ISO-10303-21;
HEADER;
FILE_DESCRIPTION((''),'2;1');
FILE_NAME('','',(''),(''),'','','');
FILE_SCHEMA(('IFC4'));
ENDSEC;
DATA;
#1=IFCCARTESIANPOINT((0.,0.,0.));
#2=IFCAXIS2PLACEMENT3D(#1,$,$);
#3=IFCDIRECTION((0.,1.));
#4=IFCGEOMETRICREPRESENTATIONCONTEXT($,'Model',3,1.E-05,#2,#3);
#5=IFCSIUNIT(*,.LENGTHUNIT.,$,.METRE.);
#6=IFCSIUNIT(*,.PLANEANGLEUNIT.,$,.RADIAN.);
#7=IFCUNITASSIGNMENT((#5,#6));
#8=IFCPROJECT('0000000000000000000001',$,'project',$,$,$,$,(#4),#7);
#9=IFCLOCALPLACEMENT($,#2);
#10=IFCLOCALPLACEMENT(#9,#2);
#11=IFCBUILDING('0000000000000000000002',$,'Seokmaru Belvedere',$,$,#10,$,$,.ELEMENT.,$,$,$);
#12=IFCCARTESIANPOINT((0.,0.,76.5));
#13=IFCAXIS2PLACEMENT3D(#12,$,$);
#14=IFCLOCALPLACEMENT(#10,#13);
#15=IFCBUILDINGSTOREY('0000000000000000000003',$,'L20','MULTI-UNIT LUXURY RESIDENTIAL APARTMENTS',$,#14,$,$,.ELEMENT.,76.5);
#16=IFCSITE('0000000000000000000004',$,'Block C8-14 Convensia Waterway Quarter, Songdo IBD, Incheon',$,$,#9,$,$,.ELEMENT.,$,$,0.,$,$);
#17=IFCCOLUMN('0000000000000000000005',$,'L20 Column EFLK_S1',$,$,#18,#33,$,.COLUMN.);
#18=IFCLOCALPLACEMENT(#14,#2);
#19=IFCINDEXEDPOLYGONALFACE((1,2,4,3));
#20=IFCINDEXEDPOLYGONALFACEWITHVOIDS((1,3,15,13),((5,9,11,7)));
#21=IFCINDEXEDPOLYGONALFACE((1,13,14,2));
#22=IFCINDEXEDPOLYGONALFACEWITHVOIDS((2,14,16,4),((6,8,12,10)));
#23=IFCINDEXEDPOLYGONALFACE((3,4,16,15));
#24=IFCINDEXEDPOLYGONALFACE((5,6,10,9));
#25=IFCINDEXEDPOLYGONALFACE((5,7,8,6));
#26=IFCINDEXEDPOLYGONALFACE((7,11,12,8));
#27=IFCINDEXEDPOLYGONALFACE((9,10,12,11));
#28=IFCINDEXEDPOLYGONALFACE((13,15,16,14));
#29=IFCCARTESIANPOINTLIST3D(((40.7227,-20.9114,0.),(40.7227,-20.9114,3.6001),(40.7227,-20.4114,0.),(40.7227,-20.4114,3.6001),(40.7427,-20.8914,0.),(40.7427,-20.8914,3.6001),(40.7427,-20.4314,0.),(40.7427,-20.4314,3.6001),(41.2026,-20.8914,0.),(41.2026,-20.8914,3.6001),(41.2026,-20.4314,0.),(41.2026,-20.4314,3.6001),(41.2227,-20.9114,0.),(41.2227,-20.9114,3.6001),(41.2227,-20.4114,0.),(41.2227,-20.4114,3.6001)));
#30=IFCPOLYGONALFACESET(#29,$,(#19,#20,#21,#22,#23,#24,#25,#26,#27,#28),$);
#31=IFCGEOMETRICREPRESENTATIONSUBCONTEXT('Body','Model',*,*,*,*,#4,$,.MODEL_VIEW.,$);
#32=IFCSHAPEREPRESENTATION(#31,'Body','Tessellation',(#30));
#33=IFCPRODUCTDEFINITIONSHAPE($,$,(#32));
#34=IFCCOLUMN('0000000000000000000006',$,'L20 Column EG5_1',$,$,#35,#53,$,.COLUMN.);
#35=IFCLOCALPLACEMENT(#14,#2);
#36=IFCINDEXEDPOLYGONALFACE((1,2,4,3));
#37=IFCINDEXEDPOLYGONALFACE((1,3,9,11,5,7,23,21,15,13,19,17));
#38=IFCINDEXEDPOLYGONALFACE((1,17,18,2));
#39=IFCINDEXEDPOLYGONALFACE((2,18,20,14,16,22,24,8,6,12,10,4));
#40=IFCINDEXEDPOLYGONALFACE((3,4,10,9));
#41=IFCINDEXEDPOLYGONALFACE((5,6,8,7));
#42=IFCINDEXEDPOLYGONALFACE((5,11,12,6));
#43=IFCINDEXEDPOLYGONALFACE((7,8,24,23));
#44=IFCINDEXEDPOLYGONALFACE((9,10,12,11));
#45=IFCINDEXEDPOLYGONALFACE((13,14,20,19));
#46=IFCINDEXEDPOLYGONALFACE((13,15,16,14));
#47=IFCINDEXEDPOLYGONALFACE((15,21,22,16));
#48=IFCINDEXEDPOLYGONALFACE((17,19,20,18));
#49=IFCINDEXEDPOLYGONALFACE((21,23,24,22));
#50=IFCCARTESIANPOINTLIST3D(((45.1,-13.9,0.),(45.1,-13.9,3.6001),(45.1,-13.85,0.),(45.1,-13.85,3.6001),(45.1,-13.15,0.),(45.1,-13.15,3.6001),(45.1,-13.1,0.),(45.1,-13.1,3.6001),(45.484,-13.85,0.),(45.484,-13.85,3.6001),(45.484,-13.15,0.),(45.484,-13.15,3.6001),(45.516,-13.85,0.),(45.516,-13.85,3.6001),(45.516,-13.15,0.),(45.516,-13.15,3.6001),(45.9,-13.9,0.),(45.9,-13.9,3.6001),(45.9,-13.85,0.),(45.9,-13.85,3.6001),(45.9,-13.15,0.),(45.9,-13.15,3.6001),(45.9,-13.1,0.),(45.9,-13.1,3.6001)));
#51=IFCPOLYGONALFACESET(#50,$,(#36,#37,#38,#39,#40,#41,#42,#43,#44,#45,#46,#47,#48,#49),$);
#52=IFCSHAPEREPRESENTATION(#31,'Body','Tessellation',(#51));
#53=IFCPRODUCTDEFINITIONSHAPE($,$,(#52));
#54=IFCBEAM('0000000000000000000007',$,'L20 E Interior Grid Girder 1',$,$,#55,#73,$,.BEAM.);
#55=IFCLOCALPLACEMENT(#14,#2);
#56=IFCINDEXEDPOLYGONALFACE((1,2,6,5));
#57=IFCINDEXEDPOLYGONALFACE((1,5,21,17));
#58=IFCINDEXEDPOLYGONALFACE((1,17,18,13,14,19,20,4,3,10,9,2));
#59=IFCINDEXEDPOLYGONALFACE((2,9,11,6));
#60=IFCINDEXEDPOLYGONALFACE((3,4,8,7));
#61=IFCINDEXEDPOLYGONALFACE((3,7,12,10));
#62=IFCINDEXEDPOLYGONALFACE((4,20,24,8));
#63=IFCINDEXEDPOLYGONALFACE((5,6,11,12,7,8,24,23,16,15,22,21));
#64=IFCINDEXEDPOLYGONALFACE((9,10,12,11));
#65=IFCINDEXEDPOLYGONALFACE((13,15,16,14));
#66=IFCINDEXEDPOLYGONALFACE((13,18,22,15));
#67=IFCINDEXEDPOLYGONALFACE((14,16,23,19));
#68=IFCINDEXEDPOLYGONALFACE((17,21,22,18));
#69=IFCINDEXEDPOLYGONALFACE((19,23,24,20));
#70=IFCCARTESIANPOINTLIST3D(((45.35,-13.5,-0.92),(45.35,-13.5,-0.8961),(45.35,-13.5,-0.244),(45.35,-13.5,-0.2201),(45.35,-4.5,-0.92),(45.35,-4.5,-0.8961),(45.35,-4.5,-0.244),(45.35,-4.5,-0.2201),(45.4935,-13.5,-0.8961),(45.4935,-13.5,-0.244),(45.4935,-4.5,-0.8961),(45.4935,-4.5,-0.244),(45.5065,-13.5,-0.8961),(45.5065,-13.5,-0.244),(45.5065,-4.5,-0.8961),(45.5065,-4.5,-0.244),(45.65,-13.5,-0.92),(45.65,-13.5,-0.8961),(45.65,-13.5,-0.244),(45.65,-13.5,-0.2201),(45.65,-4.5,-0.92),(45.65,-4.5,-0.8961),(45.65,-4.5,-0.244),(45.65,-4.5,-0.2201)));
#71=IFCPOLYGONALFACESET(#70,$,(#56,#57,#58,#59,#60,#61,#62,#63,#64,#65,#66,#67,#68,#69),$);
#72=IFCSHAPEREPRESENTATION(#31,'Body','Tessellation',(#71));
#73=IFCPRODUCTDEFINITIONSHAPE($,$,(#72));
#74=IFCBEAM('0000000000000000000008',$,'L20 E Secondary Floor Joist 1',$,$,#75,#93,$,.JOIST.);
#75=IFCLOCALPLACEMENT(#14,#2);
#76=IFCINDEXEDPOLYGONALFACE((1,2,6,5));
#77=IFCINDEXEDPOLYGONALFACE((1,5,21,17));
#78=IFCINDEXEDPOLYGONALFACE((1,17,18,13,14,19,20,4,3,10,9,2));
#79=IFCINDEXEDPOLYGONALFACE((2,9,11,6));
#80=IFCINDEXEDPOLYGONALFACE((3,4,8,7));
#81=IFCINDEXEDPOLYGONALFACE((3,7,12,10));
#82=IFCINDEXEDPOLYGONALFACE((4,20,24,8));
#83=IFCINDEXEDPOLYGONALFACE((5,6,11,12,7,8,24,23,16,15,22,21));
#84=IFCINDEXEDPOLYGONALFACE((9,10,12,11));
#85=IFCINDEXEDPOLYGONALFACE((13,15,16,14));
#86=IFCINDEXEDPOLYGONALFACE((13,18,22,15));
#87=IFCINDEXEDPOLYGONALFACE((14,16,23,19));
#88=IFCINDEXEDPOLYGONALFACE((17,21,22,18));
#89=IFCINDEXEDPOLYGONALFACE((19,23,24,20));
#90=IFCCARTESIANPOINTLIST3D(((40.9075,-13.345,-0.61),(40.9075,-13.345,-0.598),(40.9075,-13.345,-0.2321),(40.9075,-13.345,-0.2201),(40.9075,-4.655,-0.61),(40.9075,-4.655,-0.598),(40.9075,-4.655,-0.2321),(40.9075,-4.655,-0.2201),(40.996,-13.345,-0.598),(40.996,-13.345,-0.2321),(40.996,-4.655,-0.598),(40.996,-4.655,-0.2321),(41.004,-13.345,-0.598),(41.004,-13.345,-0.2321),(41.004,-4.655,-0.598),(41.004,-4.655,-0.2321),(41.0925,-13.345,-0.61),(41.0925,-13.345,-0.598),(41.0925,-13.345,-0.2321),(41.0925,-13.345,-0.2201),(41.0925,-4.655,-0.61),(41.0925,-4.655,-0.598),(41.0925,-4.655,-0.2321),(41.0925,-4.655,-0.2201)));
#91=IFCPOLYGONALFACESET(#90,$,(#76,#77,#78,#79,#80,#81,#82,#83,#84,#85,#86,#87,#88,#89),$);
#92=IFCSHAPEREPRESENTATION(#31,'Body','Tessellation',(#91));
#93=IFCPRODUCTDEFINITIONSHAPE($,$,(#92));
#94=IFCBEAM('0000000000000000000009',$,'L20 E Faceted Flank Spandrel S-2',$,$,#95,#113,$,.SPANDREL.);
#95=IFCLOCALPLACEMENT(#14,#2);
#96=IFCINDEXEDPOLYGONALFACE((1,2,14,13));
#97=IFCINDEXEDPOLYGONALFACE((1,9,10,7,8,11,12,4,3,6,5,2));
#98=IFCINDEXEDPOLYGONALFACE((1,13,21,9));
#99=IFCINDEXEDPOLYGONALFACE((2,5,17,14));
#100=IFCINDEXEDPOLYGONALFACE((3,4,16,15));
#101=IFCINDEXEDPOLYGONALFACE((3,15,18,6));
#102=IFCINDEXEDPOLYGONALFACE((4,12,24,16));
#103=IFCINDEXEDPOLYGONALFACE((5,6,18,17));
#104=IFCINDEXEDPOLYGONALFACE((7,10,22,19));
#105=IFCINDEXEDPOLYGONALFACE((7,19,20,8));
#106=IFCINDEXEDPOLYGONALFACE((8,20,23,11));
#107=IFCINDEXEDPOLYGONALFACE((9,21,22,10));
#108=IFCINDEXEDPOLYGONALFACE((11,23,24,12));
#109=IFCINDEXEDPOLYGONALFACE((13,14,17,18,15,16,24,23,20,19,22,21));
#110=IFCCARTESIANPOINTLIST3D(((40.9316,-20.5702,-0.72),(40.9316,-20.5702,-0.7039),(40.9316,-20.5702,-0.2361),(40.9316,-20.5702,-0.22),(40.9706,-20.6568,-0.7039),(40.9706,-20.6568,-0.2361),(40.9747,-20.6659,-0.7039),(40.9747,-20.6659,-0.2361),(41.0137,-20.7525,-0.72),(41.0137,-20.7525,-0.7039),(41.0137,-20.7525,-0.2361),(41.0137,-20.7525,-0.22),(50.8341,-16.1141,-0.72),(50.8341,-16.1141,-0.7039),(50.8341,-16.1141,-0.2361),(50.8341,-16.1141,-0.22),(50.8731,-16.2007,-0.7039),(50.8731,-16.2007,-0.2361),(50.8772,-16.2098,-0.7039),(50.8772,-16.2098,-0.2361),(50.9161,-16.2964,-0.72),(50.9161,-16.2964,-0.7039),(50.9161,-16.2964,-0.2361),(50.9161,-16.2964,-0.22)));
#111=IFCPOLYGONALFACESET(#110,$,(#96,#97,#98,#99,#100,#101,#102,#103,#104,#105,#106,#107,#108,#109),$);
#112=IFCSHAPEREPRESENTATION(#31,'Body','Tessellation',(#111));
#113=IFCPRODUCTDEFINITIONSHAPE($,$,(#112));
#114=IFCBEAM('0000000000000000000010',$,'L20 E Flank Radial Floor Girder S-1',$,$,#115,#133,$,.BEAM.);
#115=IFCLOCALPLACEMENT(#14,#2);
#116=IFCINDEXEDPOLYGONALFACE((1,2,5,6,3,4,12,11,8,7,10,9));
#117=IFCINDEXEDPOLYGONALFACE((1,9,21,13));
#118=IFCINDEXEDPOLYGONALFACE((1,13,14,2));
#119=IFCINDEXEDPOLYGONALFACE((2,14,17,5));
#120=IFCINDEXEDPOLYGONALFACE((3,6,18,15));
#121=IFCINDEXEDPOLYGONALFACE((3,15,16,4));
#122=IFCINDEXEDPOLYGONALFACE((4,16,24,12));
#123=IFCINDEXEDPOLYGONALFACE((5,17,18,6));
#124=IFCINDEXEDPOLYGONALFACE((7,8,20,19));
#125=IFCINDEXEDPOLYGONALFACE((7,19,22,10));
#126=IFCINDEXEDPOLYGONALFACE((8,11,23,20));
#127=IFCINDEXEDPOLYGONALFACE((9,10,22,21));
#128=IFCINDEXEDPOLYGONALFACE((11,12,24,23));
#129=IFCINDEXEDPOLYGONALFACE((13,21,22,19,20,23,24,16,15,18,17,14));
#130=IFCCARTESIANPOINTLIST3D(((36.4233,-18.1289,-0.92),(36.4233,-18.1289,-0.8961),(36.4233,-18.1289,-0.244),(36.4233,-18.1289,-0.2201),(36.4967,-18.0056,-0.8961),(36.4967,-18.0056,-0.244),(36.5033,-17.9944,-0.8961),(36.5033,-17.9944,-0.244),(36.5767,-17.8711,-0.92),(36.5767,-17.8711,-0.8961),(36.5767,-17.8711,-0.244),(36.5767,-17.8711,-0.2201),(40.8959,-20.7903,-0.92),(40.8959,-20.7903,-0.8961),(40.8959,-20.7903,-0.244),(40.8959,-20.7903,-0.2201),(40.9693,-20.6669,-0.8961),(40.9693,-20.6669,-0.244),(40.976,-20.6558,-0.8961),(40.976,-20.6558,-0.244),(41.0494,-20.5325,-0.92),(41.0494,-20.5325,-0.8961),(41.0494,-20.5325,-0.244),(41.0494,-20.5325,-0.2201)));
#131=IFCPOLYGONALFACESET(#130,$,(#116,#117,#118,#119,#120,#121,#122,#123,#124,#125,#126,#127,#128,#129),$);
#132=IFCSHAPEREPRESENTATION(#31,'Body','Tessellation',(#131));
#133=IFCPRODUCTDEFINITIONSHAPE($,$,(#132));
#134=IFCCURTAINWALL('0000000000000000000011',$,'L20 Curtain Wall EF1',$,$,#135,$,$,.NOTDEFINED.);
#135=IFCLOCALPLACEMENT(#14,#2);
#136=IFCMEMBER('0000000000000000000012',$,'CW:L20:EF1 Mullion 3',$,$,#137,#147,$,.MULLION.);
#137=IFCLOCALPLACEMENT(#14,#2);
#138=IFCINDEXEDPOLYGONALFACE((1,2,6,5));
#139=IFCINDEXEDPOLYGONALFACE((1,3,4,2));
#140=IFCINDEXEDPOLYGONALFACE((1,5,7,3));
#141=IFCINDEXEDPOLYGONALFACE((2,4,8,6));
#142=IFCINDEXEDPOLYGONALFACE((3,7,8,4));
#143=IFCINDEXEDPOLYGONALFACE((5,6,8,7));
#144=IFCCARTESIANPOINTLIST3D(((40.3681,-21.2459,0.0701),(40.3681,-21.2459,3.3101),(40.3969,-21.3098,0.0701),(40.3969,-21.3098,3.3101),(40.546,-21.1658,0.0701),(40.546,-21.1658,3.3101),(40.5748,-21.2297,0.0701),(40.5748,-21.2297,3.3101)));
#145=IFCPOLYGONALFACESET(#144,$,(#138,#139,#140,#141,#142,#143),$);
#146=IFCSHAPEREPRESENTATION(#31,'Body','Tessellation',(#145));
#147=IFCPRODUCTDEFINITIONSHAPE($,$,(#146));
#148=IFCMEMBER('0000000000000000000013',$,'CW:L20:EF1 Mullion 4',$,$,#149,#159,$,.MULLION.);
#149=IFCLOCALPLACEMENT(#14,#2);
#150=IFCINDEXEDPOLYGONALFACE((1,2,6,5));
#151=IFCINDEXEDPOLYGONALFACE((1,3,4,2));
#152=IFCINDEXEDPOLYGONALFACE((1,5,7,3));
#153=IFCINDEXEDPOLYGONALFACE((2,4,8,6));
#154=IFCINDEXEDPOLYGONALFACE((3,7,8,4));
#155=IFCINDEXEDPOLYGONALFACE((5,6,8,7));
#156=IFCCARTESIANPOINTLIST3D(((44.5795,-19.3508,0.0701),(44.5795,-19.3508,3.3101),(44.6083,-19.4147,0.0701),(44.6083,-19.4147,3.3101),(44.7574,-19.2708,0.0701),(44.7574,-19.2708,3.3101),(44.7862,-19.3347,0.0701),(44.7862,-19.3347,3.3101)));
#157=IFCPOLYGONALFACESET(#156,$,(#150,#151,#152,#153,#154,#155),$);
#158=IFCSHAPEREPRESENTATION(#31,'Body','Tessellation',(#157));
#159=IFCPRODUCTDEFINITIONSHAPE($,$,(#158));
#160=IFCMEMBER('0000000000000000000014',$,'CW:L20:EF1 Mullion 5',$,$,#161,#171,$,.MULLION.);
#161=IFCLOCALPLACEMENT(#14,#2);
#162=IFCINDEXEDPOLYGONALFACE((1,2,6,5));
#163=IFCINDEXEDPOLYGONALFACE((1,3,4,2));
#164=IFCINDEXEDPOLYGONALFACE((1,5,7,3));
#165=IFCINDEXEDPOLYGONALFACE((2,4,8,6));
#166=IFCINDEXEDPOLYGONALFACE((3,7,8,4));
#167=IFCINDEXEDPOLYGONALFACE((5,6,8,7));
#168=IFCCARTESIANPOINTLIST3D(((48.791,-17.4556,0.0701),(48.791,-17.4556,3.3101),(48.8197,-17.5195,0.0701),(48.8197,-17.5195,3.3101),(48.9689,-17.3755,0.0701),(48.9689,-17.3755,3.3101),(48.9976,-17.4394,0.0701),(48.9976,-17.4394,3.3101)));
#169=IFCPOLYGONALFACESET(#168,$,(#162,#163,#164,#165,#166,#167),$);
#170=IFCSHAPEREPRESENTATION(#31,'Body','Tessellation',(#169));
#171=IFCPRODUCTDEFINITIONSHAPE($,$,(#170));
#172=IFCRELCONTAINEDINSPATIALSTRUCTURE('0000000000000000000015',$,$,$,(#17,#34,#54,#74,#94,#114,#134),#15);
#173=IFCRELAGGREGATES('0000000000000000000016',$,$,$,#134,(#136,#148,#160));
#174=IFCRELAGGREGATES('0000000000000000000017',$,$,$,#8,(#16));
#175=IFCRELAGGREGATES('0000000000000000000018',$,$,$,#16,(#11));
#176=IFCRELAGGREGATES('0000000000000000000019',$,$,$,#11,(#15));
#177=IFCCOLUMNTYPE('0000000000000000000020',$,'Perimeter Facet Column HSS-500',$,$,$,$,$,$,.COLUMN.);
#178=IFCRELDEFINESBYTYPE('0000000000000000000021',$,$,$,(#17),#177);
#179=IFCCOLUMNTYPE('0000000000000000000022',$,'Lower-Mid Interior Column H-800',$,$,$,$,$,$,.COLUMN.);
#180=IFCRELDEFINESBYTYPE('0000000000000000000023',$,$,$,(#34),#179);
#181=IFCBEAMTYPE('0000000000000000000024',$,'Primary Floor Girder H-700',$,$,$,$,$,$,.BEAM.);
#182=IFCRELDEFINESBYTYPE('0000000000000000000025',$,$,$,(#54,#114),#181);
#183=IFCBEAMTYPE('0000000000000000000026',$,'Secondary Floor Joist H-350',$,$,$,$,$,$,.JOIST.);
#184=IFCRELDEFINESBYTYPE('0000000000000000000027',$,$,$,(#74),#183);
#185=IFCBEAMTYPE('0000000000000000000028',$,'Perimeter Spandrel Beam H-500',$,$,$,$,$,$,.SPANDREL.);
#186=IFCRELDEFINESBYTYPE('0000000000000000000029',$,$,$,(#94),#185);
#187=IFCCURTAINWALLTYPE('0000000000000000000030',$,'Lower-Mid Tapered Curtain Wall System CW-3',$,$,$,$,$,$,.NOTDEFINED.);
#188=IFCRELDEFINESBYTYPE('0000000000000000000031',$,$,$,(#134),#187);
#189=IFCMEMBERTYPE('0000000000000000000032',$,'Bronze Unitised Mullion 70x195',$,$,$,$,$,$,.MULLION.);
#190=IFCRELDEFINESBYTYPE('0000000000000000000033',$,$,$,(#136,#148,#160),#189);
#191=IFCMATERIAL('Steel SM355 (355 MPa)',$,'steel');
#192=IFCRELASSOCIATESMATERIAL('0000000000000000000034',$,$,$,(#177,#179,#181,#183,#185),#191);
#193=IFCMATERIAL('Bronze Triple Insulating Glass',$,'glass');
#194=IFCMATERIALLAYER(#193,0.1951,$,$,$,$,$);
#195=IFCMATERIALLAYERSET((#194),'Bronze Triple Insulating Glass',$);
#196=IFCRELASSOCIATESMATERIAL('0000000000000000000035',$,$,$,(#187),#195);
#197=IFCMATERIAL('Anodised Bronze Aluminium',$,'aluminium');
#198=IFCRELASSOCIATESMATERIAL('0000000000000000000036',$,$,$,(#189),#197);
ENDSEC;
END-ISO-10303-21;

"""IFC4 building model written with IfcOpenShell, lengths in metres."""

from ifc_helpers import new_model, si_unit, direction, frame, origin, origin_2d, place, context, subcontext, project, spatial, rectangle, hollow_rectangle, i_section, extrude, source, transform, mapped, material, layer, layer_set, material_profile, profile_set, type_object, type_shapes, element, aggregate, save


model = new_model("IFC4")

# Units and contexts
model_context = context("Model", 3, precision=1e-05, world=origin(), true_north=direction((0.0, 1.0)))
body_context = subcontext(model_context, "Body", "Model", "MODEL_VIEW")
ifc_project = project(units=[si_unit("LENGTHUNIT", "METRE"), si_unit("PLANEANGLEUNIT", "RADIAN")], contexts=[model_context])

# Site, building, storey
site_placement = place(None, origin())
site = spatial("IfcSite", under=ifc_project, at=site_placement, Name="Block C8-14 Convensia Waterway Quarter, Songdo IBD, Incheon", CompositionType="ELEMENT", RefElevation=0.0)
building_placement = place(site_placement, origin())
building = spatial("IfcBuilding", under=site, at=building_placement, Name="Seokmaru Belvedere", CompositionType="ELEMENT")
storey_placement = place(building_placement, frame((0.0, 0.0, 76.5)))
storey = spatial("IfcBuildingStorey", under=building, at=storey_placement, Name="L20", Description="MULTI-UNIT LUXURY RESIDENTIAL APARTMENTS", CompositionType="ELEMENT", Elevation=76.5)

# Columns
ifc_material_1 = material(Name="Steel SM355 (355 MPa)", Category="steel")
ifc_material_profile_1 = material_profile(ifc_material_1, hollow_rectangle(XDim=0.5, YDim=0.5, WallThickness=0.02, at=origin_2d()), Name="HSS-500x500x20")
ifc_profile_set_1 = profile_set([ifc_material_profile_1], Name="Steel SM355 (355 MPa)")
column_type_1 = type_object("IfcColumnType", Name="Perimeter Facet Column HSS-500", PredefinedType="COLUMN", material=ifc_profile_set_1)
shared_shape_1 = source(origin(), body_context, "Body", "SweptSolid", [
    extrude(hollow_rectangle(XDim=0.5, YDim=0.5, WallThickness=0.02, at=origin_2d()), origin(), (0.0, 0.0, 1.0), 3.6001),
])
type_shapes(column_type_1, [shared_shape_1])
column_1_placement = place(storey_placement, frame((40.9727, -20.6614, 0.0), z_axis=(0.0, 0.0, 1.0), x_axis=(1.0, 0.0, 0.0)))
element("IfcColumn", 1, at=column_1_placement, inside=storey, type_object=column_type_1, Name="L20 Column EFLK_S1", PredefinedType="COLUMN", context=body_context, shape_type="MappedRepresentation", body=[
    mapped(shared_shape_1, transform((0.0, 0.0, 0.0), scale=1.0)),
])
ifc_material_profile_2 = material_profile(ifc_material_1, i_section(OverallWidth=0.8, OverallDepth=0.8, WebThickness=0.032, FlangeThickness=0.05, at=origin_2d()), Name="H-800x800x32x50")
ifc_profile_set_2 = profile_set([ifc_material_profile_2], Name="Steel SM355 (355 MPa)")
column_type_2 = type_object("IfcColumnType", Name="Lower-Mid Interior Column H-800", PredefinedType="COLUMN", material=ifc_profile_set_2)
shared_shape_2 = source(origin(), body_context, "Body", "SweptSolid", [
    extrude(i_section(OverallWidth=0.8, OverallDepth=0.8, WebThickness=0.032, FlangeThickness=0.05, at=origin_2d()), origin(), (0.0, 0.0, 1.0), 3.6001),
])
type_shapes(column_type_2, [shared_shape_2])
column_2_placement = place(storey_placement, frame((45.5, -13.5, 0.0), z_axis=(0.0, 0.0, 1.0), x_axis=(1.0, 0.0, 0.0)))
element("IfcColumn", 2, at=column_2_placement, inside=storey, type_object=column_type_2, Name="L20 Column EG5_1", PredefinedType="COLUMN", context=body_context, shape_type="MappedRepresentation", body=[
    mapped(shared_shape_2, transform((0.0, 0.0, 0.0), scale=1.0)),
])

# Beams
ifc_material_profile_3 = material_profile(ifc_material_1, i_section(OverallWidth=0.3, OverallDepth=0.7, WebThickness=0.0129, FlangeThickness=0.0239, at=origin_2d()), Name="H-700x300x13x24")
ifc_profile_set_3 = profile_set([ifc_material_profile_3], Name="Steel SM355 (355 MPa)")
beam_type_1 = type_object("IfcBeamType", Name="Primary Floor Girder H-700", PredefinedType="BEAM", material=ifc_profile_set_3)
shared_shape_3 = source(origin(), body_context, "Body", "SweptSolid", [
    extrude(i_section(OverallWidth=0.3, OverallDepth=0.7, WebThickness=0.0129, FlangeThickness=0.0239, at=origin_2d()), origin(), (0.0, 0.0, 1.0), 9.0),
])
beam_1_placement = place(storey_placement, frame((45.5, -13.5, -0.5701), z_axis=(0.0, 1.0, 0.0), x_axis=(-1.0, 0.0, 0.0)))
element("IfcBeam", 3, at=beam_1_placement, inside=storey, type_object=beam_type_1, Name="L20 E Interior Grid Girder 1", PredefinedType="BEAM", context=body_context, shape_type="MappedRepresentation", body=[
    mapped(shared_shape_3, transform((0.0, 0.0, 0.0), scale=1.0)),
])
ifc_material_profile_4 = material_profile(ifc_material_1, i_section(OverallWidth=0.1851, OverallDepth=0.3899, WebThickness=0.0081, FlangeThickness=0.012, at=origin_2d()), Name="H-390x185x8x12")
ifc_profile_set_4 = profile_set([ifc_material_profile_4], Name="Steel SM355 (355 MPa)")
beam_type_2 = type_object("IfcBeamType", Name="Secondary Floor Joist H-350", PredefinedType="JOIST", material=ifc_profile_set_4)
shared_shape_4 = source(origin(), body_context, "Body", "SweptSolid", [
    extrude(i_section(OverallWidth=0.1851, OverallDepth=0.3899, WebThickness=0.0081, FlangeThickness=0.012, at=origin_2d()), origin(), (0.0, 0.0, 1.0), 8.6899),
])
type_shapes(beam_type_2, [shared_shape_4])
beam_2_placement = place(storey_placement, frame((41.0, -13.345, -0.415), z_axis=(0.0, 1.0, 0.0), x_axis=(-1.0, 0.0, 0.0)))
element("IfcBeam", 4, at=beam_2_placement, inside=storey, type_object=beam_type_2, Name="L20 E Secondary Floor Joist 1", PredefinedType="JOIST", context=body_context, shape_type="MappedRepresentation", body=[
    mapped(shared_shape_4, transform((0.0, 0.0, 0.0), scale=1.0)),
])
ifc_material_profile_5 = material_profile(ifc_material_1, i_section(OverallWidth=0.2, OverallDepth=0.5, WebThickness=0.01, FlangeThickness=0.0161, at=origin_2d()), Name="H-500x200x10x16")
ifc_profile_set_5 = profile_set([ifc_material_profile_5], Name="Steel SM355 (355 MPa)")
beam_type_3 = type_object("IfcBeamType", Name="Perimeter Spandrel Beam H-500", PredefinedType="SPANDREL", material=ifc_profile_set_5)
shared_shape_5 = source(origin(), body_context, "Body", "SweptSolid", [
    extrude(i_section(OverallWidth=0.2, OverallDepth=0.5, WebThickness=0.01, FlangeThickness=0.0161, at=origin_2d()), origin(), (0.0, 0.0, 1.0), 10.8589),
])
type_shapes(beam_type_3, [shared_shape_5])
beam_3_placement = place(storey_placement, frame((40.9727, -20.6614, -0.47), z_axis=(0.911922, 0.410365, 0.0), x_axis=(-0.410365, 0.911922, 0.0)))
element("IfcBeam", 5, at=beam_3_placement, inside=storey, type_object=beam_type_3, Name="L20 E Faceted Flank Spandrel S-2", PredefinedType="SPANDREL", context=body_context, shape_type="MappedRepresentation", body=[
    mapped(shared_shape_5, transform((0.0, 0.0, 0.0), scale=1.0)),
])
shared_shape_6 = source(origin(), body_context, "Body", "SweptSolid", [
    extrude(i_section(OverallWidth=0.3, OverallDepth=0.7, WebThickness=0.0129, FlangeThickness=0.0239, at=origin_2d()), origin(), (0.0, 0.0, 1.0), 5.2046),
])
type_shapes(beam_type_1, [shared_shape_3, shared_shape_6])
beam_4_placement = place(storey_placement, frame((40.9727, -20.6614, -0.5701), z_axis=(-0.85937, 0.511354, 0.0), x_axis=(-0.511354, -0.85937, 0.0)))
element("IfcBeam", 6, at=beam_4_placement, inside=storey, type_object=beam_type_1, Name="L20 E Flank Radial Floor Girder S-1", PredefinedType="BEAM", context=body_context, shape_type="MappedRepresentation", body=[
    mapped(shared_shape_6, transform((0.0, 0.0, 0.0), scale=1.0)),
])

# Curtain wall, members
ifc_material_2 = material(Name="Bronze Triple Insulating Glass", Category="glass")
ifc_layer_1 = layer(ifc_material_2, 0.1951)
ifc_layer_set_1 = layer_set([ifc_layer_1], Name="Bronze Triple Insulating Glass")
curtain_wall_type = type_object("IfcCurtainWallType", Name="Lower-Mid Tapered Curtain Wall System CW-3", PredefinedType="NOTDEFINED", material=ifc_layer_set_1)
curtain_wall_placement = place(storey_placement, origin())
curtain_wall = element("IfcCurtainWall", 7, at=curtain_wall_placement, inside=storey, type_object=curtain_wall_type, Name="L20 Curtain Wall EF1", PredefinedType="NOTDEFINED")
ifc_material_3 = material(Name="Anodised Bronze Aluminium", Category="aluminium")
ifc_material_profile_6 = material_profile(ifc_material_3, rectangle(XDim=0.0701, YDim=0.1951, at=origin_2d()), Name="CW-M-70x195")
ifc_profile_set_6 = profile_set([ifc_material_profile_6], Name="Anodised Bronze Aluminium")
member_type = type_object("IfcMemberType", Name="Bronze Unitised Mullion 70x195", PredefinedType="MULLION", material=ifc_profile_set_6)
shared_shape_7 = source(origin(), body_context, "Body", "SweptSolid", [
    extrude(rectangle(XDim=0.0701, YDim=0.1951, at=origin_2d()), origin(), (0.0, 0.0, 1.0), 3.24),
])
type_shapes(member_type, [shared_shape_7])
member_1_placement = place(storey_placement, frame((40.4714, -21.2378, 0.0701), z_axis=(0.0, 0.0, 1.0), x_axis=(-0.410366, 0.911921, 0.0)))
member_1 = element("IfcMember", 8, at=member_1_placement, type_object=member_type, Name="CW:L20:EF1 Mullion 3", PredefinedType="MULLION", context=body_context, shape_type="MappedRepresentation", body=[
    mapped(shared_shape_7, transform((0.0, 0.0, 0.0), scale=1.0)),
])
member_2_placement = place(storey_placement, frame((44.6829, -19.3428, 0.0701), z_axis=(0.0, 0.0, 1.0), x_axis=(-0.410366, 0.911921, 0.0)))
member_2 = element("IfcMember", 9, at=member_2_placement, type_object=member_type, Name="CW:L20:EF1 Mullion 4", PredefinedType="MULLION", context=body_context, shape_type="MappedRepresentation", body=[
    mapped(shared_shape_7, transform((0.0, 0.0, 0.0), scale=1.0)),
])
member_3_placement = place(storey_placement, frame((48.8943, -17.4475, 0.0701), z_axis=(0.0, 0.0, 1.0), x_axis=(-0.410366, 0.911921, 0.0)))
member_3 = element("IfcMember", 10, at=member_3_placement, type_object=member_type, Name="CW:L20:EF1 Mullion 5", PredefinedType="MULLION", context=body_context, shape_type="MappedRepresentation", body=[
    mapped(shared_shape_7, transform((0.0, 0.0, 0.0), scale=1.0)),
])
aggregate(curtain_wall, [member_1, member_2, member_3])

save(model, "model.ifc")
